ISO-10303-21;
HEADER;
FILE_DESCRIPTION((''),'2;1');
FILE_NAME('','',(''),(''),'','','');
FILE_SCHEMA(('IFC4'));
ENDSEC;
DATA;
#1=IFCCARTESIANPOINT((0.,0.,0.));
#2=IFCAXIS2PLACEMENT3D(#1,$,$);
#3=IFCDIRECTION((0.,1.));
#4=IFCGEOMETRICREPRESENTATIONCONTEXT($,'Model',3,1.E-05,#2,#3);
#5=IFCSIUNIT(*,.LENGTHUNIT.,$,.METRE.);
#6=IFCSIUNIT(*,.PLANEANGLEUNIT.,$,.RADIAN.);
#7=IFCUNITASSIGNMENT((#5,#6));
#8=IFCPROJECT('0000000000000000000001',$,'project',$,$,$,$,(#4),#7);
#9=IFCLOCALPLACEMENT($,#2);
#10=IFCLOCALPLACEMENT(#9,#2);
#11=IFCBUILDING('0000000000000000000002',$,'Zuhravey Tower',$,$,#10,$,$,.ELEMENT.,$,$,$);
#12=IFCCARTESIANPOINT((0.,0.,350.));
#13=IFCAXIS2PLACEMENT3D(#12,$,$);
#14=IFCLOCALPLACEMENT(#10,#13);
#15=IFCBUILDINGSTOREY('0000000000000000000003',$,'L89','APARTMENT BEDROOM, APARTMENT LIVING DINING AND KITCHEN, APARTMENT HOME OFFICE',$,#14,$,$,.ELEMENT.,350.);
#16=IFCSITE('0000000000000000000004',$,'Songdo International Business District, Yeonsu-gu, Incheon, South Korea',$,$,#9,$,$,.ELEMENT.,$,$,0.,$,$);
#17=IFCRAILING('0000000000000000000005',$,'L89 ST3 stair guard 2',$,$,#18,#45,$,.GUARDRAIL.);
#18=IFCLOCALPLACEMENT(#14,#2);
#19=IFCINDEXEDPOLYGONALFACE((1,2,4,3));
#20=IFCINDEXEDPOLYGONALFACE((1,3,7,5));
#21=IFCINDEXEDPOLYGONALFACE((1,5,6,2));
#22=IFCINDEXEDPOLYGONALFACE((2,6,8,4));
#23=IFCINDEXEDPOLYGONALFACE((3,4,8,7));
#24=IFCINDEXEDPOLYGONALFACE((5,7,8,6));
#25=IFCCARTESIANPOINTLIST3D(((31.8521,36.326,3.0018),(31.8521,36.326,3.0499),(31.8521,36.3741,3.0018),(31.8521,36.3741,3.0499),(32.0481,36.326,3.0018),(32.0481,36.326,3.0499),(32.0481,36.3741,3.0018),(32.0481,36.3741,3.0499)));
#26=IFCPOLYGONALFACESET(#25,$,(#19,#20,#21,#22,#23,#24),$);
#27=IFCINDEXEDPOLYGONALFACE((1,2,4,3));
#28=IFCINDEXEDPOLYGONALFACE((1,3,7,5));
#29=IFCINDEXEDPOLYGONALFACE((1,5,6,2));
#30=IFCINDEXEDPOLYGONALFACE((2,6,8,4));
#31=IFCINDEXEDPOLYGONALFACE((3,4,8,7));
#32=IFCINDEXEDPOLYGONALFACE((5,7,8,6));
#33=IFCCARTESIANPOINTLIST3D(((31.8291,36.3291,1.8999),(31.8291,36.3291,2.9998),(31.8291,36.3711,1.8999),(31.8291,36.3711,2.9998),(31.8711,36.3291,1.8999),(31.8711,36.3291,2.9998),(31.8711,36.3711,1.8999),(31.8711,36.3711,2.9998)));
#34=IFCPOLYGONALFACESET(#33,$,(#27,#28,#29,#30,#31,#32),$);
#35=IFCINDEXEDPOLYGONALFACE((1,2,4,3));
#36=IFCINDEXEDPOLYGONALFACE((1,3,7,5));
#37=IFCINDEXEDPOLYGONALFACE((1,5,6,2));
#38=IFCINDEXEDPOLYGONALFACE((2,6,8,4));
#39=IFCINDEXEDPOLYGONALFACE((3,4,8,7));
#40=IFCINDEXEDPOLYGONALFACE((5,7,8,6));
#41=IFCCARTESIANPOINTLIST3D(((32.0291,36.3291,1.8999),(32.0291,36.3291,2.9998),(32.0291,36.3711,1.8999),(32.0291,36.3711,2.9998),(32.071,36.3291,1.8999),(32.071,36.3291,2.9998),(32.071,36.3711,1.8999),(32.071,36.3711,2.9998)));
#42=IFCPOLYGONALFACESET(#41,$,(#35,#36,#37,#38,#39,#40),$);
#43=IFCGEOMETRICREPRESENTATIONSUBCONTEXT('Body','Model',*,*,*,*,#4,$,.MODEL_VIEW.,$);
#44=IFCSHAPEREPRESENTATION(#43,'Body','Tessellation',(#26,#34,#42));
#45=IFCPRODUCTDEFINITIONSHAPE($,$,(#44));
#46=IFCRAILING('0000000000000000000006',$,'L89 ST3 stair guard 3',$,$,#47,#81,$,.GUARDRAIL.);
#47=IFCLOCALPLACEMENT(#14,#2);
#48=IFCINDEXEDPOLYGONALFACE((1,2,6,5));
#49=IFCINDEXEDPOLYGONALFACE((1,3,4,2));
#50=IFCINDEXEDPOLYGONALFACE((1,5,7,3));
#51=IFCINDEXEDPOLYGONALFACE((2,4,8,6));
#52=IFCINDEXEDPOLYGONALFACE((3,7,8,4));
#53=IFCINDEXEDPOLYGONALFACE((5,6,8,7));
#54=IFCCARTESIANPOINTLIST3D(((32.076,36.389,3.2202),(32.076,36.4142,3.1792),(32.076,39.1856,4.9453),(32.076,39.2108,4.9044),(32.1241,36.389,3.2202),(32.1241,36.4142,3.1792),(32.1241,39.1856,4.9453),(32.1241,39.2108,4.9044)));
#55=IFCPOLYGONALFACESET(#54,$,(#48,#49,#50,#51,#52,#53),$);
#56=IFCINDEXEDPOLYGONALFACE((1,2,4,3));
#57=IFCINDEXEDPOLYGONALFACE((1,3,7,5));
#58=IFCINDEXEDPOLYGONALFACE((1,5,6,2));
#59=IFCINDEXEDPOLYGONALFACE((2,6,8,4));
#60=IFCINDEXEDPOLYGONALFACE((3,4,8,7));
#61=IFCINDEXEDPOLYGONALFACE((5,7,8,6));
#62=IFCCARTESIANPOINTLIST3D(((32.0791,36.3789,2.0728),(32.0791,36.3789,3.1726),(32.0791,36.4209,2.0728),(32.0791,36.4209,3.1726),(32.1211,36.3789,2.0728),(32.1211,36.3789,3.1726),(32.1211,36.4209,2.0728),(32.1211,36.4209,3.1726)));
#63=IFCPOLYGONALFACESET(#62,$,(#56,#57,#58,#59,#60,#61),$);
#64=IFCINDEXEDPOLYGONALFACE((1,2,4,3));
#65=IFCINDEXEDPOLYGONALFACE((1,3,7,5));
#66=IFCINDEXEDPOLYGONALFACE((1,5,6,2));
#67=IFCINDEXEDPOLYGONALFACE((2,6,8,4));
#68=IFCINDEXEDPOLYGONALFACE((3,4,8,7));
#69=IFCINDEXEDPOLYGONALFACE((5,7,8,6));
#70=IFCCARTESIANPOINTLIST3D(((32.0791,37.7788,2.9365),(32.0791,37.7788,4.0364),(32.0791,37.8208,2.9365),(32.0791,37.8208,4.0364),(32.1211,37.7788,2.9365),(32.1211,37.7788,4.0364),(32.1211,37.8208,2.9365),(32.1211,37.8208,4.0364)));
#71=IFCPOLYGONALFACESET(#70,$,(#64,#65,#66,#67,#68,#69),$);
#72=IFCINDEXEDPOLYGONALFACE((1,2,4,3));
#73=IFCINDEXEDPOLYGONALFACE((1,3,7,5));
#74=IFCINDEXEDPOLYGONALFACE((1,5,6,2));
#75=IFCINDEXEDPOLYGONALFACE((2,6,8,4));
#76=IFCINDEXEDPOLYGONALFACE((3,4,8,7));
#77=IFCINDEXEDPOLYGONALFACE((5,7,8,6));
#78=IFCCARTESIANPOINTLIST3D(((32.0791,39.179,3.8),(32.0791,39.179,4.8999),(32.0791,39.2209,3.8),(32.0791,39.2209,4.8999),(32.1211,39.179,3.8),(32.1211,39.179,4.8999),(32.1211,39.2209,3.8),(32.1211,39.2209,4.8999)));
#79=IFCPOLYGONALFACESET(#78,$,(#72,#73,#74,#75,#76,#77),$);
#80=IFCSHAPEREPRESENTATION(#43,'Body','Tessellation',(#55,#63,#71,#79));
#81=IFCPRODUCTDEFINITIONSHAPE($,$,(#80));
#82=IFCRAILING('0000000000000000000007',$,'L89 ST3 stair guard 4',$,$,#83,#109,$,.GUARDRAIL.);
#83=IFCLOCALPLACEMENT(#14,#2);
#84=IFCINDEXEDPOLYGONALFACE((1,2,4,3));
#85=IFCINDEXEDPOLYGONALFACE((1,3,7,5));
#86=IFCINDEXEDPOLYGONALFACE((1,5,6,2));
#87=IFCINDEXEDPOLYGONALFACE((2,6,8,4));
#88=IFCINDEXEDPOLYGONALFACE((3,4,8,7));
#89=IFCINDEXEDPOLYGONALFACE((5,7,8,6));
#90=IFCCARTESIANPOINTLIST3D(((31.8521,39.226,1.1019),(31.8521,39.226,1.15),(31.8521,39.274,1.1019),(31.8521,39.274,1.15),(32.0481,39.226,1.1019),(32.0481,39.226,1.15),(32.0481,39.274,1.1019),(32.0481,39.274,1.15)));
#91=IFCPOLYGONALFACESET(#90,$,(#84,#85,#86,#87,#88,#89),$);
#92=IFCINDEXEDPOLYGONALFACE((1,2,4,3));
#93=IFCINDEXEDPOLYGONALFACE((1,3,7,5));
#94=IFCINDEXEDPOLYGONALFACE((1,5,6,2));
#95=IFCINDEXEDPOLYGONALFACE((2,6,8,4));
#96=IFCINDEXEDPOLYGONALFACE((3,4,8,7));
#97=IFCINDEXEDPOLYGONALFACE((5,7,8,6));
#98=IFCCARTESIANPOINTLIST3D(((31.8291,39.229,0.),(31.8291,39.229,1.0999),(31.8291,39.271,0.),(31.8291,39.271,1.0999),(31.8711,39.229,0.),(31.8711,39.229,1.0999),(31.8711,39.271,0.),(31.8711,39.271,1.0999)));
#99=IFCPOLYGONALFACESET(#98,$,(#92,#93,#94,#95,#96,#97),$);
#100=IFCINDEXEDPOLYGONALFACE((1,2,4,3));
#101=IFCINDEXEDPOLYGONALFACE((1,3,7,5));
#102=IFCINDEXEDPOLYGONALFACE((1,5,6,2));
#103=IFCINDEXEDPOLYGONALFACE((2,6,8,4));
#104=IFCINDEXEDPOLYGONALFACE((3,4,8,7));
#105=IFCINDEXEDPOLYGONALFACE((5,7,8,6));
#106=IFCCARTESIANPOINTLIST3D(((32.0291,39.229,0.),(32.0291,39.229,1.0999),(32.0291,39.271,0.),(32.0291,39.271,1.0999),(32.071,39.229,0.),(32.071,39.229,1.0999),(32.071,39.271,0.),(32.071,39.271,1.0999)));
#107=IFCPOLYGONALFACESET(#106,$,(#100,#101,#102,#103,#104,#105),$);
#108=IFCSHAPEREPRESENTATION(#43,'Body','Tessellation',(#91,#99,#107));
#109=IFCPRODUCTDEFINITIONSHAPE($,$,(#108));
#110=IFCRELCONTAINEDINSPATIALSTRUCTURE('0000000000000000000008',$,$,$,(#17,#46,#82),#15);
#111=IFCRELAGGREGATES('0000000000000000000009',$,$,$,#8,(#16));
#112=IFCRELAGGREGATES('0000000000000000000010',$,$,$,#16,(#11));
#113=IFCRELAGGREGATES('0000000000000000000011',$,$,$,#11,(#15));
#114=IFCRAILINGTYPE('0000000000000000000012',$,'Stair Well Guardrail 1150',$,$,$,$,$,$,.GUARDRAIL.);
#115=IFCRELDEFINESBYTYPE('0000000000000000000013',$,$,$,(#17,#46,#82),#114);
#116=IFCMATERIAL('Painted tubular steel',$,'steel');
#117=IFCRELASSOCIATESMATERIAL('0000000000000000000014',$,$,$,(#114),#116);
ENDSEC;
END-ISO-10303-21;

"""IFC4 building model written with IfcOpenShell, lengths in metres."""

from ifc_helpers import new_model, si_unit, direction, frame, origin, origin_2d, place, context, subcontext, project, spatial, rectangle, extrude, material, type_object, element, save


model = new_model("IFC4")

# Units and contexts
model_context = context("Model", 3, precision=1e-05, world=origin(), true_north=direction((0.0, 1.0)))
body_context = subcontext(model_context, "Body", "Model", "MODEL_VIEW")
ifc_project = project(units=[si_unit("LENGTHUNIT", "METRE"), si_unit("PLANEANGLEUNIT", "RADIAN")], contexts=[model_context])

# Site, building, storey
site_placement = place(None, origin())
site = spatial("IfcSite", under=ifc_project, at=site_placement, Name="Songdo International Business District, Yeonsu-gu, Incheon, South Korea", CompositionType="ELEMENT", RefElevation=0.0)
building_placement = place(site_placement, origin())
building = spatial("IfcBuilding", under=site, at=building_placement, Name="Zuhravey Tower", CompositionType="ELEMENT")
storey_placement = place(building_placement, frame((0.0, 0.0, 350.0)))
storey = spatial("IfcBuildingStorey", under=building, at=storey_placement, Name="L89", Description="APARTMENT BEDROOM, APARTMENT LIVING DINING AND KITCHEN, APARTMENT HOME OFFICE", CompositionType="ELEMENT", Elevation=350.0)

# Railings
ifc_material_1 = material(Name="Painted tubular steel", Category="steel")
railing_type_1 = type_object("IfcRailingType", Name="Stair Well Guardrail 1150", PredefinedType="GUARDRAIL", material=ifc_material_1)
railing_1_placement = place(storey_placement, frame((31.8501, 36.3501, 1.8999)))
element("IfcRailing", 1, at=railing_1_placement, inside=storey, type_object=railing_type_1, Name="L89 ST3 stair guard 2", PredefinedType="GUARDRAIL", context=body_context, shape_type="SweptSolid", body=[
    extrude(rectangle(XDim=0.0481, YDim=0.0481, at=origin_2d()), frame((0.002, 0.0, 1.126), z_axis=(1.0, 0.0, 0.0), x_axis=(0.0, 1.0, 0.0)), (0.0, 0.0, 1.0), 0.196),
    extrude(rectangle(XDim=0.042, YDim=0.042, at=origin_2d()), origin(), (0.0, 0.0, 1.0), 1.0999),
    extrude(rectangle(XDim=0.042, YDim=0.042, at=origin_2d()), frame((0.2, 0.0, 0.0)), (0.0, 0.0, 1.0), 1.0999),
])
railing_2_placement = place(storey_placement, frame((32.1001, 36.3999, 2.0728)))
element("IfcRailing", 2, at=railing_2_placement, inside=storey, type_object=railing_type_1, Name="L89 ST3 stair guard 3", PredefinedType="GUARDRAIL", context=body_context, shape_type="SweptSolid", body=[
    extrude(rectangle(XDim=0.0481, YDim=0.0481, at=origin_2d()), frame((0.0, 0.0017, 1.127), z_axis=(0.0, 0.85109, 0.52502), x_axis=(-1.0, 0.0, 0.0)), (0.0, 0.0, 1.0), 3.2859),
    extrude(rectangle(XDim=0.042, YDim=0.042, at=origin_2d()), origin(), (0.0, 0.0, 1.0), 1.0999),
    extrude(rectangle(XDim=0.042, YDim=0.042, at=origin_2d()), frame((0.0, 1.3999, 0.8638)), (0.0, 0.0, 1.0), 1.0999),
    extrude(rectangle(XDim=0.042, YDim=0.042, at=origin_2d()), frame((0.0, 2.8, 1.7273)), (0.0, 0.0, 1.0), 1.0999),
])
railing_3_placement = place(storey_placement, frame((31.8501, 39.25, 0.0)))
element("IfcRailing", 3, at=railing_3_placement, inside=storey, type_object=railing_type_1, Name="L89 ST3 stair guard 4", PredefinedType="GUARDRAIL", context=body_context, shape_type="SweptSolid", body=[
    extrude(rectangle(XDim=0.0481, YDim=0.0481, at=origin_2d()), frame((0.002, 0.0, 1.126), z_axis=(1.0, 0.0, 0.0), x_axis=(0.0, 1.0, 0.0)), (0.0, 0.0, 1.0), 0.196),
    extrude(rectangle(XDim=0.042, YDim=0.042, at=origin_2d()), origin(), (0.0, 0.0, 1.0), 1.0999),
    extrude(rectangle(XDim=0.042, YDim=0.042, at=origin_2d()), frame((0.2, 0.0, 0.0)), (0.0, 0.0, 1.0), 1.0999),
])

save(model, "model.ifc")
